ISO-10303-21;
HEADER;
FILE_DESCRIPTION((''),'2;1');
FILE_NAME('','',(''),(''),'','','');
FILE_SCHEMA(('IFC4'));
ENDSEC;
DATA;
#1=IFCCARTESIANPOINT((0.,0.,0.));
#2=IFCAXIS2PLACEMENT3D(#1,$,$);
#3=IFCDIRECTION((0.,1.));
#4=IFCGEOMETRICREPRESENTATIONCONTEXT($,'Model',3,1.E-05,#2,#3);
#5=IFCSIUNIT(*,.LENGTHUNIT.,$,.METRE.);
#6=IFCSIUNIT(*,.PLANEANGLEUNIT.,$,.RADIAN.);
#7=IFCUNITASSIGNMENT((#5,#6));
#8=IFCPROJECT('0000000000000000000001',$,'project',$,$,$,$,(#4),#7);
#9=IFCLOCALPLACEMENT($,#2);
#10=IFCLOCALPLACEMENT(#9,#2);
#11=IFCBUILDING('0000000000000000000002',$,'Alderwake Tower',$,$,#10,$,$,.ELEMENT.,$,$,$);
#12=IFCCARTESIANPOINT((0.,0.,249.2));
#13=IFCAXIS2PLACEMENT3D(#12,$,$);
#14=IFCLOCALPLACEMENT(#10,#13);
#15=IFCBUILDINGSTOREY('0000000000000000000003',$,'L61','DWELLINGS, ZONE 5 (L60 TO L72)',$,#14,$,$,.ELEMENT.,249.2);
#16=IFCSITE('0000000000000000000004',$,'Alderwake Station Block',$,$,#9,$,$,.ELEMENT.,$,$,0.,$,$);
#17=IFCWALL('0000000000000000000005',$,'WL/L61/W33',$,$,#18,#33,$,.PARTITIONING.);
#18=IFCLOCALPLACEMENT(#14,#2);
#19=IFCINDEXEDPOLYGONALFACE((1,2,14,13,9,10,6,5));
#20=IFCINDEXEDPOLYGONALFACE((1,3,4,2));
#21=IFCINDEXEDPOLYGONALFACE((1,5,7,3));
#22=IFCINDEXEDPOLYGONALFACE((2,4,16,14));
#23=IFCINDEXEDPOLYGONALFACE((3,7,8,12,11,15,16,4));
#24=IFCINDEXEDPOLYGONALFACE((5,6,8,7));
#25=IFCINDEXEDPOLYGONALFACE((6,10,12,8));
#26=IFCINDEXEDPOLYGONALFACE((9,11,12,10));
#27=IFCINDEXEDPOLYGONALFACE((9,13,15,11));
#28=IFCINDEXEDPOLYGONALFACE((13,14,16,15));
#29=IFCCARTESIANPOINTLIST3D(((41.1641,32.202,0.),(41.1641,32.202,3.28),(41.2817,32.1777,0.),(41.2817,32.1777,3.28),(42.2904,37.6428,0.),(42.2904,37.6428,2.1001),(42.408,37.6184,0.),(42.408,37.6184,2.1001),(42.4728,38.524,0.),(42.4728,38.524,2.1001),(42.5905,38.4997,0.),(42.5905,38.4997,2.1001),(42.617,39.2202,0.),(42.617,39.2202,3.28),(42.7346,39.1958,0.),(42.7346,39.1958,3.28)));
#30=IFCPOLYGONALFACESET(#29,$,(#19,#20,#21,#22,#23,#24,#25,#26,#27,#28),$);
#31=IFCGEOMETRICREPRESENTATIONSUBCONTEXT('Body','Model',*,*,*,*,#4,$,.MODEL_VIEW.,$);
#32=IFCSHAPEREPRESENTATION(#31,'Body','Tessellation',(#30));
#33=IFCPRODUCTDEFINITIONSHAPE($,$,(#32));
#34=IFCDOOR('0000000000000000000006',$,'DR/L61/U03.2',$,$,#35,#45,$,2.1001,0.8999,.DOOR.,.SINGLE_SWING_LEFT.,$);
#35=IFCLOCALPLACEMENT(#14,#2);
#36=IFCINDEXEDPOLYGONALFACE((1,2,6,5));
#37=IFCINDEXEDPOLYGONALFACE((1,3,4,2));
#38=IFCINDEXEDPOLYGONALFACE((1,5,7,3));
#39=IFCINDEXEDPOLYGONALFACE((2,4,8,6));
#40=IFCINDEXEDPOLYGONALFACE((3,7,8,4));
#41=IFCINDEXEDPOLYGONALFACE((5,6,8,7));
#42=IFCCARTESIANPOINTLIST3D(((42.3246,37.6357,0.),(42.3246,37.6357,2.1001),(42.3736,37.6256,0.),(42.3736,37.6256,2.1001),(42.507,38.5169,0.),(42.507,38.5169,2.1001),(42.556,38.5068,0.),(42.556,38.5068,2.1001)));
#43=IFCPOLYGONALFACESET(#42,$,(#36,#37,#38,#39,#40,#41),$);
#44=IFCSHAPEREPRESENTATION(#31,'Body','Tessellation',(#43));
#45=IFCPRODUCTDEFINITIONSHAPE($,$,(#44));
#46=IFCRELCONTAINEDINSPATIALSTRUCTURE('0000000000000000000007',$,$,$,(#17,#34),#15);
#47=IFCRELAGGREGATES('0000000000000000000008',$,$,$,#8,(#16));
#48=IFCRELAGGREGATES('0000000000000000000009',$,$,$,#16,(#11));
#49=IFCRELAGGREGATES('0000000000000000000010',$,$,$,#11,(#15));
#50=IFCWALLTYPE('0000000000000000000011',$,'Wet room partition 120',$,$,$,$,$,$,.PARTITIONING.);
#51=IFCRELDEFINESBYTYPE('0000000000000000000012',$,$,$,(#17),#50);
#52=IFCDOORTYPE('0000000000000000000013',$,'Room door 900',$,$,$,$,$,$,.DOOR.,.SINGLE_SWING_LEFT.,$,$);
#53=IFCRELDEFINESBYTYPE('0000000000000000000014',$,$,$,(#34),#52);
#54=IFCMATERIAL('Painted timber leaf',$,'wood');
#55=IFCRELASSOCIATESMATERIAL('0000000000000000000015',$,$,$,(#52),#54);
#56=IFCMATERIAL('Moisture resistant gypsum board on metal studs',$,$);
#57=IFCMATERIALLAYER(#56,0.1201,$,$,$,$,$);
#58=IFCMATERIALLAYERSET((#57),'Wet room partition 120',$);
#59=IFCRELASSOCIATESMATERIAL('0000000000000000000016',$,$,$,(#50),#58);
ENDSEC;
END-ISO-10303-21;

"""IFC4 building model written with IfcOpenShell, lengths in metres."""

from ifc_helpers import new_model, si_unit, direction, frame, frame_2d, origin, place, context, subcontext, project, spatial, rectangle, extrude, material, layer, layer_set, type_object, element, fill, save


model = new_model("IFC4")

# Units and contexts
model_context = context("Model", 3, precision=1e-05, world=origin(), true_north=direction((0.0, 1.0)))
body_context = subcontext(model_context, "Body", "Model", "MODEL_VIEW")
ifc_project = project(units=[si_unit("LENGTHUNIT", "METRE"), si_unit("PLANEANGLEUNIT", "RADIAN")], contexts=[model_context])

# Site, building, storey
site_placement = place(None, origin())
site = spatial("IfcSite", under=ifc_project, at=site_placement, Name="Alderwake Station Block", CompositionType="ELEMENT", RefElevation=0.0)
building_placement = place(site_placement, origin())
building = spatial("IfcBuilding", under=site, at=building_placement, Name="Alderwake Tower", CompositionType="ELEMENT")
storey_placement = place(building_placement, frame((0.0, 0.0, 249.2)))
storey = spatial("IfcBuildingStorey", under=building, at=storey_placement, Name="L61", Description="DWELLINGS, ZONE 5 (L60 TO L72)", CompositionType="ELEMENT", Elevation=249.2)

# Shared definitions
ifc_material_1 = material(Name="Painted timber leaf", Category="wood")
door_type_1 = type_object("IfcDoorType", Name="Room door 900", OperationType="SINGLE_SWING_LEFT", PredefinedType="DOOR", material=ifc_material_1)

# Wall, opening, door
ifc_material_2 = material(Name="Moisture resistant gypsum board on metal studs")
ifc_layer_1 = layer(ifc_material_2, 0.1201)
ifc_layer_set_1 = layer_set([ifc_layer_1], Name="Wet room partition 120")
wall_type_1 = type_object("IfcWallType", Name="Wet room partition 120", PredefinedType="PARTITIONING", material=ifc_layer_set_1)
wall_1_placement = place(storey_placement, frame((42.6758, 39.208, 0.0), z_axis=(0.0, 0.0, 1.0), x_axis=(-0.202722, -0.979236, 0.0)))
wall_1 = element("IfcWall", 1, at=wall_1_placement, inside=storey, type_object=wall_type_1, Name="WL/L61/W33", PredefinedType="PARTITIONING", context=body_context, shape_type="SweptSolid", body=[
    extrude(rectangle(XDim=7.167, YDim=0.1201, at=frame_2d((3.5835, 0.0))), origin(), (0.0, 0.0, 1.0), 3.28),
])
opening_1_placement = place(wall_1_placement, frame((0.7109, 0.0, 0.0)))
opening_1 = element("IfcOpeningElement", 2, at=opening_1_placement, cuts=wall_1, PredefinedType="OPENING", context=body_context, shape_type="SweptSolid", body=[
    extrude(rectangle(XDim=0.8999, YDim=2.1001, at=frame_2d((0.45, 1.05))), frame((0.0, 0.0701, 0.0), z_axis=(0.0, -1.0, 0.0), x_axis=(1.0, 0.0, 0.0)), (0.0, 0.0, 1.0), 0.1401),
])
door_1_placement = place(opening_1_placement, origin())
door_1 = element("IfcDoor", 3, at=door_1_placement, inside=storey, type_object=door_type_1, Name="DR/L61/U03.2", OperationType="SINGLE_SWING_LEFT", OverallHeight=2.1001, OverallWidth=0.8999, PredefinedType="DOOR", context=body_context, shape_type="SweptSolid", body=[
    extrude(rectangle(XDim=0.8999, YDim=2.1001, at=frame_2d((0.45, 1.05))), frame((0.0, 0.0249, 0.0), z_axis=(0.0, -1.0, 0.0), x_axis=(1.0, 0.0, 0.0)), (0.0, 0.0, 1.0), 0.05),
])
fill(opening_1, door_1)

save(model, "model.ifc")
